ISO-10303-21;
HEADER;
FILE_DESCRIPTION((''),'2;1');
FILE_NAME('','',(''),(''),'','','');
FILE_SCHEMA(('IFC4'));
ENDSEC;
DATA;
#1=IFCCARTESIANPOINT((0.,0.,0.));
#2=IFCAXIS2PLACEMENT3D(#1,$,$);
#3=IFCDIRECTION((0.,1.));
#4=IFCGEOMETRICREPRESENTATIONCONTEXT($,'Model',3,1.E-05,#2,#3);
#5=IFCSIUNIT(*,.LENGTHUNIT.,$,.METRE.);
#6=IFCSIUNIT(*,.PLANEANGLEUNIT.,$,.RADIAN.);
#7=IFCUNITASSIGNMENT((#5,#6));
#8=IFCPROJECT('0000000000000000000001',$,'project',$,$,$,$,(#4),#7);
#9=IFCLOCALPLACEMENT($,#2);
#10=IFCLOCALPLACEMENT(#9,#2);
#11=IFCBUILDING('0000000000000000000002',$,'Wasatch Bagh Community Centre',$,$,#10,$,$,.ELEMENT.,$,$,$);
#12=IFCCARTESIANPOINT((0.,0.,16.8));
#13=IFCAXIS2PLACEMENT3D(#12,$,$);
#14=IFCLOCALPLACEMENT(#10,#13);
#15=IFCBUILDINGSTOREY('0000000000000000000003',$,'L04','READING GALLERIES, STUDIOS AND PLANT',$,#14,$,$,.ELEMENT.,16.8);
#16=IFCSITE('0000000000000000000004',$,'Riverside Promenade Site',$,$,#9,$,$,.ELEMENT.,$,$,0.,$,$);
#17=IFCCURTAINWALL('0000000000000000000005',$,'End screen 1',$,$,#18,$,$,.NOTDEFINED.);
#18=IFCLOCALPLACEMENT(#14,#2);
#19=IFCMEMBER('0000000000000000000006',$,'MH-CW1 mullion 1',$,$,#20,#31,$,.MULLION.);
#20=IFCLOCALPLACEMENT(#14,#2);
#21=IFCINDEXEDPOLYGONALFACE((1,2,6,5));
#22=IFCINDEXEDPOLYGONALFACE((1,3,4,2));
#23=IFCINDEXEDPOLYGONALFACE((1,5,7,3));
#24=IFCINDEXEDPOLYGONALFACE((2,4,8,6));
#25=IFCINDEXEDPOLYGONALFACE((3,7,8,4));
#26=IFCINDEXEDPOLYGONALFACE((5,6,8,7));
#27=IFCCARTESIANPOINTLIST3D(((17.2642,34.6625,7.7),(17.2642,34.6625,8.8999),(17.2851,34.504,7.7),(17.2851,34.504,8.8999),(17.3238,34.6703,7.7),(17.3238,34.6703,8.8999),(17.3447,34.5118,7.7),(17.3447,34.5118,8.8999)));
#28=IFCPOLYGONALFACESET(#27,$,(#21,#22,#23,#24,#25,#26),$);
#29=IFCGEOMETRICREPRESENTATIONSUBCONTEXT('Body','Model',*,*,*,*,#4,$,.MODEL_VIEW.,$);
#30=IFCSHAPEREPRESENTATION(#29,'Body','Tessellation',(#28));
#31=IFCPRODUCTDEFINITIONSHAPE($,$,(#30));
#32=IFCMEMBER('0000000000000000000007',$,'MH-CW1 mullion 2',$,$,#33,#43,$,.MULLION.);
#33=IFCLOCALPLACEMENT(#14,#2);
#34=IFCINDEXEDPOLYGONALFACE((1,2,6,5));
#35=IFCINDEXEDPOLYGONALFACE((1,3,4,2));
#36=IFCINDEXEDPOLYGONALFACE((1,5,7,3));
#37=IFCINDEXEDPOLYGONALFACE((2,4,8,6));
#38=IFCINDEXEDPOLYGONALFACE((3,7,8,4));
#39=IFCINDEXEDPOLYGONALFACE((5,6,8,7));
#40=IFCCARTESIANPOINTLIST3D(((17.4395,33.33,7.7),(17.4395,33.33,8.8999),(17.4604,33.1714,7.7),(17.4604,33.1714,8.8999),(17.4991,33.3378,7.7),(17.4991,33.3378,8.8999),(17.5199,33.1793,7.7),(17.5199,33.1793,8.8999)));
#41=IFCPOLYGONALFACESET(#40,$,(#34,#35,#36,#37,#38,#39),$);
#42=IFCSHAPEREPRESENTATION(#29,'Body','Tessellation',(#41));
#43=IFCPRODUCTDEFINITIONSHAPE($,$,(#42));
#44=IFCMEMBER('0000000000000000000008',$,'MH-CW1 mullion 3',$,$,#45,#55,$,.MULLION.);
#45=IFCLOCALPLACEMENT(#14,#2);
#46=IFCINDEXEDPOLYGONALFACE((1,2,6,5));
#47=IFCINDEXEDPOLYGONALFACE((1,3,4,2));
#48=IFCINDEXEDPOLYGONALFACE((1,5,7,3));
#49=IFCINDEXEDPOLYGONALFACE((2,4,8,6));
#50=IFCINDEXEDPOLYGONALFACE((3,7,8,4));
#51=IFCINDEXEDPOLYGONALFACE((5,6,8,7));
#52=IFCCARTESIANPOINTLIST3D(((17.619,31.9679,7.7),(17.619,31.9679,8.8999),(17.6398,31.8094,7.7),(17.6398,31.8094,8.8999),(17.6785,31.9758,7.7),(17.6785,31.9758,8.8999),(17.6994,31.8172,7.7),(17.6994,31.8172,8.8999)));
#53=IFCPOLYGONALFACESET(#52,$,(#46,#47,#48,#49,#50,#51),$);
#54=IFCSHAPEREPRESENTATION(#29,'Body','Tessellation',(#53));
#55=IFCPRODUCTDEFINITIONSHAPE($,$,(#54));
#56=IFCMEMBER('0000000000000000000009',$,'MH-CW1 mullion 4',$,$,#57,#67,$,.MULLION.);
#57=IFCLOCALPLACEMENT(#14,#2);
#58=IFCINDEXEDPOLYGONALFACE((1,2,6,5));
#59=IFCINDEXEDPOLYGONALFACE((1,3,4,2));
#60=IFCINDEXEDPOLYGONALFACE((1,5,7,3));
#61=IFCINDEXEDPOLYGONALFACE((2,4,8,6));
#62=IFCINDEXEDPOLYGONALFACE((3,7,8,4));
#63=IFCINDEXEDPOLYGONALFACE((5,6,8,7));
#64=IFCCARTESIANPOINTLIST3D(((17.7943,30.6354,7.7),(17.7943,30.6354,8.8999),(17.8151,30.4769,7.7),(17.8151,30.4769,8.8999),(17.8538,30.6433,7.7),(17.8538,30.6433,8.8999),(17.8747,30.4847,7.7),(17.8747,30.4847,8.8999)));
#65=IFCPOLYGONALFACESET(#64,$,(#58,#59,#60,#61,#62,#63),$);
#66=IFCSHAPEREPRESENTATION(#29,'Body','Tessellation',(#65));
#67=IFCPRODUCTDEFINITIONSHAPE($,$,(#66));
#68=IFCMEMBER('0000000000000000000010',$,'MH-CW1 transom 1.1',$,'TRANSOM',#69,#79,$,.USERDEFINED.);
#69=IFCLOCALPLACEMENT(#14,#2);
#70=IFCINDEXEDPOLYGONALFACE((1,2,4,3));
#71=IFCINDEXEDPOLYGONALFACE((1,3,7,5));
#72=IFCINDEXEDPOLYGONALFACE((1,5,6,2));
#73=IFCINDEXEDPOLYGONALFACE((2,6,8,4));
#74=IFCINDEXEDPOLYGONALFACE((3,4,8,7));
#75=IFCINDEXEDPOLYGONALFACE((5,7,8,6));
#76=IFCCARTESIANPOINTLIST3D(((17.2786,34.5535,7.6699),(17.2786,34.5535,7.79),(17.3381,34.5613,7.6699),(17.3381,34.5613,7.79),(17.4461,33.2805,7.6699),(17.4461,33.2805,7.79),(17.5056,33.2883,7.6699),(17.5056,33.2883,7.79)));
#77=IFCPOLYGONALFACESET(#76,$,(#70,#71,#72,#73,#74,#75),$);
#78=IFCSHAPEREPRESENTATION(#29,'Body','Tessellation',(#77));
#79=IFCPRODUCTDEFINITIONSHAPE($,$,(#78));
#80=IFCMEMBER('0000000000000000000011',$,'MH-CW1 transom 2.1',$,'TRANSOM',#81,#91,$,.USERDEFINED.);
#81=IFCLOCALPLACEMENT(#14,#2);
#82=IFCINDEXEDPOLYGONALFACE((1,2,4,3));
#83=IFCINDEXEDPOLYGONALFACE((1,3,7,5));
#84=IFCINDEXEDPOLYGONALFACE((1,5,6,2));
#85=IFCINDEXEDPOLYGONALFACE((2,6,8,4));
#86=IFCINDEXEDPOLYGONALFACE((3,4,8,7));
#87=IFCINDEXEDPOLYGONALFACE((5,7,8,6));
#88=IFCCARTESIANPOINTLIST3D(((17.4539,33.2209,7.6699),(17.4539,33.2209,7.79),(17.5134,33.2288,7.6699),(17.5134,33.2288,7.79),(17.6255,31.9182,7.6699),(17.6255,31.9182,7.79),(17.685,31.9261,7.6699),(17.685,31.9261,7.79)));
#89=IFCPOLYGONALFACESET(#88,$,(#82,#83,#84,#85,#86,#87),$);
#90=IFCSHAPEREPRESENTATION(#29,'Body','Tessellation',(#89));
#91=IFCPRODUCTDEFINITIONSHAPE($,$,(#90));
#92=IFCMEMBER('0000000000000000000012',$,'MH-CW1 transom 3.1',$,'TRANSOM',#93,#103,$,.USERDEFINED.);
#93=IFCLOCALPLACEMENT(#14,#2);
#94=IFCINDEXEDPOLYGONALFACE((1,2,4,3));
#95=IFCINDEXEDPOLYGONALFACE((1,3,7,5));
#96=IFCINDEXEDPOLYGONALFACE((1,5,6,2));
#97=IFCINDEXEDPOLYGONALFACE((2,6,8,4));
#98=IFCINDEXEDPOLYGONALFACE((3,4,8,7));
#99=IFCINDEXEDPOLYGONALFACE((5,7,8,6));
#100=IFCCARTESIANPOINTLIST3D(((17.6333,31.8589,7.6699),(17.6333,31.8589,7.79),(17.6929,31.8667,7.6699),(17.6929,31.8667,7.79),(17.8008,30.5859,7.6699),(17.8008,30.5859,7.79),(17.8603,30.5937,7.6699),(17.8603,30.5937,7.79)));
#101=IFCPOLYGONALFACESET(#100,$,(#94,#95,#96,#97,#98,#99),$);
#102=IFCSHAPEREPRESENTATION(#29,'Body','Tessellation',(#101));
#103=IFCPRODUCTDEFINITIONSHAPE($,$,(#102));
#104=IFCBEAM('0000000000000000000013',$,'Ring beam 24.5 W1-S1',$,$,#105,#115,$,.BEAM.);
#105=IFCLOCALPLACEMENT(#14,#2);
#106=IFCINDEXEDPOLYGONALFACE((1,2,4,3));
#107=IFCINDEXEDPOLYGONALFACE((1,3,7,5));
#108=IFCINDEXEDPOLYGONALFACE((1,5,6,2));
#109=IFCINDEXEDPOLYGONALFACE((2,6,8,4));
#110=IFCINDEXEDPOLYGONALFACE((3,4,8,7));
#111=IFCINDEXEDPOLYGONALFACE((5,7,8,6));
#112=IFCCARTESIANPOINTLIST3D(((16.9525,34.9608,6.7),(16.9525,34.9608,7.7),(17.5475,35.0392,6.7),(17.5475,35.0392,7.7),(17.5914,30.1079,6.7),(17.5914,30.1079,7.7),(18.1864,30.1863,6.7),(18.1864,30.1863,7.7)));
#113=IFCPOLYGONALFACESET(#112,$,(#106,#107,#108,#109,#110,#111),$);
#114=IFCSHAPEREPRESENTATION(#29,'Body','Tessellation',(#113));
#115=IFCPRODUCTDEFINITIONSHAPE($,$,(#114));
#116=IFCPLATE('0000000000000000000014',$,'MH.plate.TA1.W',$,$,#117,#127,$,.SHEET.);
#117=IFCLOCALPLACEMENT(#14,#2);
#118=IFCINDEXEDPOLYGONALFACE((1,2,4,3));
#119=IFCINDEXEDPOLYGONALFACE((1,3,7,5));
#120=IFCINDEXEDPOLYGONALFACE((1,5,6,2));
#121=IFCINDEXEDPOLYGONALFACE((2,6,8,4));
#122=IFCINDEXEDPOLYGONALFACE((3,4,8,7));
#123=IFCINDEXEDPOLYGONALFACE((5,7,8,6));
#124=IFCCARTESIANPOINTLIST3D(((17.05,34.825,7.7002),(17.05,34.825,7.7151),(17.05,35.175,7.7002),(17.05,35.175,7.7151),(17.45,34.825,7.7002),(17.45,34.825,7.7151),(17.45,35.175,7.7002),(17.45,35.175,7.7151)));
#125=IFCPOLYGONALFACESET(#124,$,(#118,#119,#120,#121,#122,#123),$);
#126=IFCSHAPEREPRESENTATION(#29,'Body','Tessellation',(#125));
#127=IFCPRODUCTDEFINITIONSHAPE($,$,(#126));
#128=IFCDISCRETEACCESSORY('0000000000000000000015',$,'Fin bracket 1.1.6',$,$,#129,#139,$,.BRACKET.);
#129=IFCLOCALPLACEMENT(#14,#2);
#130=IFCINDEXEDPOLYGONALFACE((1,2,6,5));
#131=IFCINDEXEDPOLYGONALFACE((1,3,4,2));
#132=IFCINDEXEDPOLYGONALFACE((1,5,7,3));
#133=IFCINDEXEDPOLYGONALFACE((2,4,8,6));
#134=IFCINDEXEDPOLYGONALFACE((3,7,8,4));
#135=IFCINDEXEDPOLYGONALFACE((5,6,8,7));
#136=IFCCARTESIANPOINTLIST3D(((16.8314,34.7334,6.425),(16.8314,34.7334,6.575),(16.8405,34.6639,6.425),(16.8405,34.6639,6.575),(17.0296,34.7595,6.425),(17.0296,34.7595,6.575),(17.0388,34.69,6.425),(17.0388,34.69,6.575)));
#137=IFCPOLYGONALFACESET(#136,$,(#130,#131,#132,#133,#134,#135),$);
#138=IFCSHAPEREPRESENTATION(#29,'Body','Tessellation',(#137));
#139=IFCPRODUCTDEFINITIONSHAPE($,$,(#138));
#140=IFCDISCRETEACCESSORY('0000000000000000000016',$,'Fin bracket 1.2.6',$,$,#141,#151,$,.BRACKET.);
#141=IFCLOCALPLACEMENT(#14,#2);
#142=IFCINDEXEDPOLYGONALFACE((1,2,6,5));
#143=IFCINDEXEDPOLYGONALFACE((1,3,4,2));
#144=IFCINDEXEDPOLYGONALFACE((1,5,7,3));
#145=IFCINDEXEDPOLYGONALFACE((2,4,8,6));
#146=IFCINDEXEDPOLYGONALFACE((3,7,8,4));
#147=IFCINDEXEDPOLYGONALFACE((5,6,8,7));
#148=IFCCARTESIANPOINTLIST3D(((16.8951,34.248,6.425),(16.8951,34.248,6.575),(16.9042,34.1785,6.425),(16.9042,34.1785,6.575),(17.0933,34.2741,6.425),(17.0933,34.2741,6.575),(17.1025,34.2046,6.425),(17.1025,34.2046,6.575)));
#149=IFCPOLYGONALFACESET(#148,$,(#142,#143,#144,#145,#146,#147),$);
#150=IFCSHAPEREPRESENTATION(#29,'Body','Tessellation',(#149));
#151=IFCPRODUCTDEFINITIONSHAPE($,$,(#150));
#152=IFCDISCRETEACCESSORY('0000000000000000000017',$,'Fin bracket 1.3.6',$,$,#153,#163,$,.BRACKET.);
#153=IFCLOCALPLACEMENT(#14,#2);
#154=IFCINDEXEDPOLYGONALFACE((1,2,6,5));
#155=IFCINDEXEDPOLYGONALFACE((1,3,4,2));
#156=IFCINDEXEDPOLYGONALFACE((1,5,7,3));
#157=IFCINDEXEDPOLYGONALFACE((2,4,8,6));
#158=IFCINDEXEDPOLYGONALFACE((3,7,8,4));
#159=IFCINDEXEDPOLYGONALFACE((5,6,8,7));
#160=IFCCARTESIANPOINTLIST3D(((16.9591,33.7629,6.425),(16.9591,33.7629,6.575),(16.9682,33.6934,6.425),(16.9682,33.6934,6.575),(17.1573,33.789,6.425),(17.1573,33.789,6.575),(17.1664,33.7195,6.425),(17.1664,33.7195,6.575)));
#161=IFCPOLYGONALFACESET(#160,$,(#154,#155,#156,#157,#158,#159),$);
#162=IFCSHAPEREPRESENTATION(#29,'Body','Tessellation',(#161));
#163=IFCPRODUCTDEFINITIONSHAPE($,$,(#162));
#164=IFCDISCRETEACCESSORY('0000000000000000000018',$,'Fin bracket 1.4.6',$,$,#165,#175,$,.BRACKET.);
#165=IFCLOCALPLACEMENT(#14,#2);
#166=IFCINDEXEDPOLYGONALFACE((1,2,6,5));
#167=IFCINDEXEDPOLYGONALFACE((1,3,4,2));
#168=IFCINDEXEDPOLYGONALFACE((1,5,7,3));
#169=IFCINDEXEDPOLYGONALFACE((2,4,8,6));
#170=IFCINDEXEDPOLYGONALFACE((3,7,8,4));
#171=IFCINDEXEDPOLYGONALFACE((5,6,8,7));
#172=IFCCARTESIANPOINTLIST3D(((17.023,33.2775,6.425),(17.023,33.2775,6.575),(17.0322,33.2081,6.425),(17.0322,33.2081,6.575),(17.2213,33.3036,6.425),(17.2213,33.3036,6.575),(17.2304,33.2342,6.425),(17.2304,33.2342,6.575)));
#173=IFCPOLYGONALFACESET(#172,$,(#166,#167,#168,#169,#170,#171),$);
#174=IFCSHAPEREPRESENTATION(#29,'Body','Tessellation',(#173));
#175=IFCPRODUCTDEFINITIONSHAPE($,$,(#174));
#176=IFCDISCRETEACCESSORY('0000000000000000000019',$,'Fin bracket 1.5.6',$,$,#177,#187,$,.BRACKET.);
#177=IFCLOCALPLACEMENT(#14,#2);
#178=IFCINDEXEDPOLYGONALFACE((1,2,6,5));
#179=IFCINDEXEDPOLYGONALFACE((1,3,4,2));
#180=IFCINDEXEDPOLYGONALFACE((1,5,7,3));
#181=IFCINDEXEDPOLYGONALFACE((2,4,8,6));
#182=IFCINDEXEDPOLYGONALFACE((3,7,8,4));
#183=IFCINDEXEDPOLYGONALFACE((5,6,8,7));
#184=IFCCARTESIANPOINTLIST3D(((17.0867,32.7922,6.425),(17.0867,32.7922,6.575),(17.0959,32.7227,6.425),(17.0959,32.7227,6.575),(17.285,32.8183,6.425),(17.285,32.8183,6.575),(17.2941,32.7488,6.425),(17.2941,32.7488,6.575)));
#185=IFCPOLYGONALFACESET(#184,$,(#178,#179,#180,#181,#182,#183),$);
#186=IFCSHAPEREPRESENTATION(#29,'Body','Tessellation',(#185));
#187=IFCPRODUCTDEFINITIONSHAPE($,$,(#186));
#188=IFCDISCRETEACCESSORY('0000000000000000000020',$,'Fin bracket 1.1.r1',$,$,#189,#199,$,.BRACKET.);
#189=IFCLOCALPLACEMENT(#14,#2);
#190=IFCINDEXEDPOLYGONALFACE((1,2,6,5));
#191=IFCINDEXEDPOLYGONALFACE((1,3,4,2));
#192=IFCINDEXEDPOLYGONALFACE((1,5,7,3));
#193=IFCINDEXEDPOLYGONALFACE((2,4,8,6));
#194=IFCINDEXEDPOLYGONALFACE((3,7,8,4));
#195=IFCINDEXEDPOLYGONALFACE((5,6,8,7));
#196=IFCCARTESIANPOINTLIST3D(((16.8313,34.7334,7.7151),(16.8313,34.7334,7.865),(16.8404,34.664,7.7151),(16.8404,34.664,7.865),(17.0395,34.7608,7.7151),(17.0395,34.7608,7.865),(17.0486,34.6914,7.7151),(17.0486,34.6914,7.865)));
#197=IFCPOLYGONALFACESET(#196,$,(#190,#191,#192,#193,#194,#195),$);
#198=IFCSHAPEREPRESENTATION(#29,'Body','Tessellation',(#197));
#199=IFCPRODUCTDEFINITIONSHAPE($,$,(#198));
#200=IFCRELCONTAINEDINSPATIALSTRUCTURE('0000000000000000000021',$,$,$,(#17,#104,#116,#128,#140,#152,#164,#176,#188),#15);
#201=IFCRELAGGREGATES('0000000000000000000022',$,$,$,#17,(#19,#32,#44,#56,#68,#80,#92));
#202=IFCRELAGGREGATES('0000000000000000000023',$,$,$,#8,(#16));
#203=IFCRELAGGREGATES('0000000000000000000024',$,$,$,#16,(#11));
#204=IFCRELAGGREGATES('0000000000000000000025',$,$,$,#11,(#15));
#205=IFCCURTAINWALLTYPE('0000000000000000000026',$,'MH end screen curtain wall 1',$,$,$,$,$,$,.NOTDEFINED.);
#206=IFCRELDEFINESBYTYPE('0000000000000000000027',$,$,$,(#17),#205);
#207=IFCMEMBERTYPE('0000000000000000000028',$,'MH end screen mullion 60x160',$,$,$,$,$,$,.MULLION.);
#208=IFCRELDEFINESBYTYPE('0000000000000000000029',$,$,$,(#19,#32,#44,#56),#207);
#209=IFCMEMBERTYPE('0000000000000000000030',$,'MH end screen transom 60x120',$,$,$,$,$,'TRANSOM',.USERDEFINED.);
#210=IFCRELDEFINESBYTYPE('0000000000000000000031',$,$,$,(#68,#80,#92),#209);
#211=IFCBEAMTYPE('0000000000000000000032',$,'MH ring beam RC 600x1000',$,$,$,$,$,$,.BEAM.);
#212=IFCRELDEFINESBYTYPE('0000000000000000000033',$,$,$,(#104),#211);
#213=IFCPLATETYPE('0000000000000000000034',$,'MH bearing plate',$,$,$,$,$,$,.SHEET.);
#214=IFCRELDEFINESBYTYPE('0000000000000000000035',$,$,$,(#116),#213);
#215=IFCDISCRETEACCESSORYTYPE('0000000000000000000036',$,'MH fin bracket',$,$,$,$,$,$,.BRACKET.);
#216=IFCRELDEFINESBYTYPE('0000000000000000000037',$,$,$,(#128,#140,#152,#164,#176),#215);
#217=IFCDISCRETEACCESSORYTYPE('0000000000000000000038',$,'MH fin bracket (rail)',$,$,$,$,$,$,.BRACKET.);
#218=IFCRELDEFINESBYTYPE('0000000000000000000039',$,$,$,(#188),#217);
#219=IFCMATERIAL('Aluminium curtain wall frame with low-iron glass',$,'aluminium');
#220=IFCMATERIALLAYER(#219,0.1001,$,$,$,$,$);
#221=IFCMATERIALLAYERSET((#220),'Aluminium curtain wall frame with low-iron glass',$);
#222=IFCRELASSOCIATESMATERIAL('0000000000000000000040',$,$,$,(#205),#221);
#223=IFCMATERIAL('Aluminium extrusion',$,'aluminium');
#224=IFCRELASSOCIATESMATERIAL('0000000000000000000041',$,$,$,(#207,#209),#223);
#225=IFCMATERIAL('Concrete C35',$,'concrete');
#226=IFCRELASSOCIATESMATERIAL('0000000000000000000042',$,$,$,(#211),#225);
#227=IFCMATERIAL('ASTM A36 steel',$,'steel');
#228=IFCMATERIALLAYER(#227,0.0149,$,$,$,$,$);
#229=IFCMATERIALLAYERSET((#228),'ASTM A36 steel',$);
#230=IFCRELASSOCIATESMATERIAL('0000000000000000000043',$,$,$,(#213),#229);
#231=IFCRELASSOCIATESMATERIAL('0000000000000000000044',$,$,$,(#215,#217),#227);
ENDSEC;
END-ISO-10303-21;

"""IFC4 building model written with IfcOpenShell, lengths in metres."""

from ifc_helpers import new_model, si_unit, direction, frame, origin, origin_2d, place, context, subcontext, project, spatial, rectangle, extrude, material, layer, layer_set, material_profile, profile_set, type_object, element, aggregate, save


model = new_model("IFC4")

# Units and contexts
model_context = context("Model", 3, precision=1e-05, world=origin(), true_north=direction((0.0, 1.0)))
body_context = subcontext(model_context, "Body", "Model", "MODEL_VIEW")
ifc_project = project(units=[si_unit("LENGTHUNIT", "METRE"), si_unit("PLANEANGLEUNIT", "RADIAN")], contexts=[model_context])

# Site, building, storey
site_placement = place(None, origin())
site = spatial("IfcSite", under=ifc_project, at=site_placement, Name="Riverside Promenade Site", CompositionType="ELEMENT", RefElevation=0.0)
building_placement = place(site_placement, origin())
building = spatial("IfcBuilding", under=site, at=building_placement, Name="Wasatch Bagh Community Centre", CompositionType="ELEMENT")
storey_placement = place(building_placement, frame((0.0, 0.0, 16.8)))
storey = spatial("IfcBuildingStorey", under=building, at=storey_placement, Name="L04", Description="READING GALLERIES, STUDIOS AND PLANT", CompositionType="ELEMENT", Elevation=16.8)

# Curtain wall, members
ifc_material_1 = material(Name="Aluminium curtain wall frame with low-iron glass", Category="aluminium")
ifc_layer_1 = layer(ifc_material_1, 0.1001)
ifc_layer_set_1 = layer_set([ifc_layer_1], Name="Aluminium curtain wall frame with low-iron glass")
curtain_wall_type = type_object("IfcCurtainWallType", Name="MH end screen curtain wall 1", PredefinedType="NOTDEFINED", material=ifc_layer_set_1)
curtain_wall_placement = place(storey_placement, origin())
curtain_wall = element("IfcCurtainWall", 1, at=curtain_wall_placement, inside=storey, type_object=curtain_wall_type, Name="End screen 1", PredefinedType="NOTDEFINED")
ifc_material_2 = material(Name="Aluminium extrusion", Category="aluminium")
ifc_material_profile_1 = material_profile(ifc_material_2, rectangle(XDim=0.0601, YDim=0.1599, at=origin_2d()), Name="AL 60x160")
ifc_profile_set_1 = profile_set([ifc_material_profile_1], Name="Aluminium extrusion")
member_type_1 = type_object("IfcMemberType", Name="MH end screen mullion 60x160", PredefinedType="MULLION", material=ifc_profile_set_1)
member_1_placement = place(storey_placement, frame((17.3044, 34.5872, 7.7), z_axis=(0.0, 0.0, 1.0), x_axis=(0.991445, 0.130526, 0.0)))
member_1 = element("IfcMember", 2, at=member_1_placement, type_object=member_type_1, Name="MH-CW1 mullion 1", PredefinedType="MULLION", context=body_context, shape_type="SweptSolid", body=[
    extrude(rectangle(XDim=0.0601, YDim=0.1599, at=origin_2d()), origin(), (0.0, 0.0, 1.0), 1.2),
])
member_2_placement = place(storey_placement, frame((17.4797, 33.2546, 7.7), z_axis=(0.0, 0.0, 1.0), x_axis=(0.991445, 0.130526, 0.0)))
member_2 = element("IfcMember", 3, at=member_2_placement, type_object=member_type_1, Name="MH-CW1 mullion 2", PredefinedType="MULLION", context=body_context, shape_type="SweptSolid", body=[
    extrude(rectangle(XDim=0.0601, YDim=0.1599, at=origin_2d()), origin(), (0.0, 0.0, 1.0), 1.2),
])
member_3_placement = place(storey_placement, frame((17.6592, 31.8926, 7.7), z_axis=(0.0, 0.0, 1.0), x_axis=(0.991445, 0.130526, 0.0)))
member_3 = element("IfcMember", 4, at=member_3_placement, type_object=member_type_1, Name="MH-CW1 mullion 3", PredefinedType="MULLION", context=body_context, shape_type="SweptSolid", body=[
    extrude(rectangle(XDim=0.0601, YDim=0.1599, at=origin_2d()), origin(), (0.0, 0.0, 1.0), 1.2),
])
member_4_placement = place(storey_placement, frame((17.8345, 30.5601, 7.7), z_axis=(0.0, 0.0, 1.0), x_axis=(0.991445, 0.130526, 0.0)))
member_4 = element("IfcMember", 5, at=member_4_placement, type_object=member_type_1, Name="MH-CW1 mullion 4", PredefinedType="MULLION", context=body_context, shape_type="SweptSolid", body=[
    extrude(rectangle(XDim=0.0601, YDim=0.1599, at=origin_2d()), origin(), (0.0, 0.0, 1.0), 1.2),
])
ifc_material_profile_2 = material_profile(ifc_material_2, rectangle(XDim=0.0601, YDim=0.1201, at=origin_2d()), Name="AL 60x120")
ifc_profile_set_2 = profile_set([ifc_material_profile_2], Name="Aluminium extrusion")
member_type_2 = type_object("IfcMemberType", Name="MH end screen transom 60x120", ElementType="TRANSOM", PredefinedType="USERDEFINED", material=ifc_profile_set_2)
member_5_placement = place(storey_placement, frame((17.3083, 34.5574, 7.73), z_axis=(0.130445, -0.991456, 0.0), x_axis=(0.991456, 0.130445, 0.0)))
member_5 = element("IfcMember", 6, at=member_5_placement, type_object=member_type_2, Name="MH-CW1 transom 1.1", ObjectType="TRANSOM", PredefinedType="USERDEFINED", context=body_context, shape_type="SweptSolid", body=[
    extrude(rectangle(XDim=0.0601, YDim=0.1201, at=origin_2d()), origin(), (0.0, 0.0, 1.0), 1.2839),
])
member_6_placement = place(storey_placement, frame((17.4836, 33.2249, 7.73), z_axis=(0.130618, -0.991433, 0.0), x_axis=(0.991433, 0.130618, 0.0)))
member_6 = element("IfcMember", 7, at=member_6_placement, type_object=member_type_2, Name="MH-CW1 transom 2.1", ObjectType="TRANSOM", PredefinedType="USERDEFINED", context=body_context, shape_type="SweptSolid", body=[
    extrude(rectangle(XDim=0.0601, YDim=0.1201, at=origin_2d()), origin(), (0.0, 0.0, 1.0), 1.314),
])
member_7_placement = place(storey_placement, frame((17.6631, 31.8628, 7.73), z_axis=(0.130445, -0.991456, 0.0), x_axis=(0.991456, 0.130445, 0.0)))
member_7 = element("IfcMember", 8, at=member_7_placement, type_object=member_type_2, Name="MH-CW1 transom 3.1", ObjectType="TRANSOM", PredefinedType="USERDEFINED", context=body_context, shape_type="SweptSolid", body=[
    extrude(rectangle(XDim=0.0601, YDim=0.1201, at=origin_2d()), origin(), (0.0, 0.0, 1.0), 1.2839),
])
aggregate(curtain_wall, [member_1, member_2, member_3, member_4, member_5, member_6, member_7])

# Beam
ifc_material_3 = material(Name="Concrete C35", Category="concrete")
ifc_material_profile_3 = material_profile(ifc_material_3, rectangle(XDim=0.6001, YDim=1.0, at=origin_2d()), Name="RC 600x1000")
ifc_profile_set_3 = profile_set([ifc_material_profile_3], Name="Concrete C35")
beam_type = type_object("IfcBeamType", Name="MH ring beam RC 600x1000", PredefinedType="BEAM", material=ifc_profile_set_3)
beam_placement = place(storey_placement, frame((17.25, 35.0, 7.2), z_axis=(0.130533, -0.991444, 0.0), x_axis=(0.991444, 0.130533, 0.0)))
element("IfcBeam", 9, at=beam_placement, inside=storey, type_object=beam_type, Name="Ring beam 24.5 W1-S1", PredefinedType="BEAM", context=body_context, shape_type="SweptSolid", body=[
    extrude(rectangle(XDim=0.6001, YDim=1.0, at=origin_2d()), origin(), (0.0, 0.0, 1.0), 4.8948),
])

# Plate
ifc_material_4 = material(Name="ASTM A36 steel", Category="steel")
ifc_layer_2 = layer(ifc_material_4, 0.0149)
ifc_layer_set_2 = layer_set([ifc_layer_2], Name="ASTM A36 steel")
plate_type = type_object("IfcPlateType", Name="MH bearing plate", PredefinedType="SHEET", material=ifc_layer_set_2)
plate_placement = place(storey_placement, frame((17.25, 35.0, 7.7002), z_axis=(0.0, 0.0, 1.0), x_axis=(1.0, 0.0, 0.0)))
element("IfcPlate", 10, at=plate_placement, inside=storey, type_object=plate_type, Name="MH.plate.TA1.W", PredefinedType="SHEET", context=body_context, shape_type="SweptSolid", body=[
    extrude(rectangle(XDim=0.3999, YDim=0.3501, at=origin_2d()), origin(), (0.0, 0.0, 1.0), 0.0149),
])

# Discrete accessories
discrete_accessory_type_1 = type_object("IfcDiscreteAccessoryType", Name="MH fin bracket", PredefinedType="BRACKET", material=ifc_material_4)
for number, where, z_axis, x_axis, name in (
    (11, (16.9351, 34.7117, 6.425), (0.0, 0.0, 1.0), (0.130526, -0.991445, 0.0), "Fin bracket 1.1.6"),
    (12, (16.9988, 34.2263, 6.425), (0.0, 0.0, 1.0), (0.130526, -0.991445, 0.0), "Fin bracket 1.2.6"),
    (13, (17.0627, 33.7412, 6.425), (0.0, 0.0, 1.0), (0.130526, -0.991445, 0.0), "Fin bracket 1.3.6"),
    (14, (17.1267, 33.2559, 6.425), (0.0, 0.0, 1.0), (0.130526, -0.991445, 0.0), "Fin bracket 1.4.6"),
    (15, (17.1904, 32.7705, 6.425), (0.0, 0.0, 1.0), (0.130526, -0.991445, 0.0), "Fin bracket 1.5.6"),
):
    element("IfcDiscreteAccessory", number, at=place(storey_placement, frame(where, z_axis=z_axis, x_axis=x_axis)), inside=storey, type_object=discrete_accessory_type_1, Name=name, PredefinedType="BRACKET", context=body_context, shape_type="SweptSolid", body=[
        extrude(rectangle(XDim=0.0701, YDim=0.2, at=origin_2d()), origin(), (0.0, 0.0, 1.0), 0.1499),
    ])
discrete_accessory_type_2 = type_object("IfcDiscreteAccessoryType", Name="MH fin bracket (rail)", PredefinedType="BRACKET", material=ifc_material_4)
for number, where, z_axis, x_axis, name in (
    (16, (16.9399, 34.7124, 7.7151), (0.0, 0.0, 1.0), (0.130526, -0.991445, 0.0), "Fin bracket 1.1.r1"),
):
    element("IfcDiscreteAccessory", number, at=place(storey_placement, frame(where, z_axis=z_axis, x_axis=x_axis)), inside=storey, type_object=discrete_accessory_type_2, Name=name, PredefinedType="BRACKET", context=body_context, shape_type="SweptSolid", body=[
        extrude(rectangle(XDim=0.0701, YDim=0.21, at=origin_2d()), origin(), (0.0, 0.0, 1.0), 0.1499),
    ])

save(model, "model.ifc")
